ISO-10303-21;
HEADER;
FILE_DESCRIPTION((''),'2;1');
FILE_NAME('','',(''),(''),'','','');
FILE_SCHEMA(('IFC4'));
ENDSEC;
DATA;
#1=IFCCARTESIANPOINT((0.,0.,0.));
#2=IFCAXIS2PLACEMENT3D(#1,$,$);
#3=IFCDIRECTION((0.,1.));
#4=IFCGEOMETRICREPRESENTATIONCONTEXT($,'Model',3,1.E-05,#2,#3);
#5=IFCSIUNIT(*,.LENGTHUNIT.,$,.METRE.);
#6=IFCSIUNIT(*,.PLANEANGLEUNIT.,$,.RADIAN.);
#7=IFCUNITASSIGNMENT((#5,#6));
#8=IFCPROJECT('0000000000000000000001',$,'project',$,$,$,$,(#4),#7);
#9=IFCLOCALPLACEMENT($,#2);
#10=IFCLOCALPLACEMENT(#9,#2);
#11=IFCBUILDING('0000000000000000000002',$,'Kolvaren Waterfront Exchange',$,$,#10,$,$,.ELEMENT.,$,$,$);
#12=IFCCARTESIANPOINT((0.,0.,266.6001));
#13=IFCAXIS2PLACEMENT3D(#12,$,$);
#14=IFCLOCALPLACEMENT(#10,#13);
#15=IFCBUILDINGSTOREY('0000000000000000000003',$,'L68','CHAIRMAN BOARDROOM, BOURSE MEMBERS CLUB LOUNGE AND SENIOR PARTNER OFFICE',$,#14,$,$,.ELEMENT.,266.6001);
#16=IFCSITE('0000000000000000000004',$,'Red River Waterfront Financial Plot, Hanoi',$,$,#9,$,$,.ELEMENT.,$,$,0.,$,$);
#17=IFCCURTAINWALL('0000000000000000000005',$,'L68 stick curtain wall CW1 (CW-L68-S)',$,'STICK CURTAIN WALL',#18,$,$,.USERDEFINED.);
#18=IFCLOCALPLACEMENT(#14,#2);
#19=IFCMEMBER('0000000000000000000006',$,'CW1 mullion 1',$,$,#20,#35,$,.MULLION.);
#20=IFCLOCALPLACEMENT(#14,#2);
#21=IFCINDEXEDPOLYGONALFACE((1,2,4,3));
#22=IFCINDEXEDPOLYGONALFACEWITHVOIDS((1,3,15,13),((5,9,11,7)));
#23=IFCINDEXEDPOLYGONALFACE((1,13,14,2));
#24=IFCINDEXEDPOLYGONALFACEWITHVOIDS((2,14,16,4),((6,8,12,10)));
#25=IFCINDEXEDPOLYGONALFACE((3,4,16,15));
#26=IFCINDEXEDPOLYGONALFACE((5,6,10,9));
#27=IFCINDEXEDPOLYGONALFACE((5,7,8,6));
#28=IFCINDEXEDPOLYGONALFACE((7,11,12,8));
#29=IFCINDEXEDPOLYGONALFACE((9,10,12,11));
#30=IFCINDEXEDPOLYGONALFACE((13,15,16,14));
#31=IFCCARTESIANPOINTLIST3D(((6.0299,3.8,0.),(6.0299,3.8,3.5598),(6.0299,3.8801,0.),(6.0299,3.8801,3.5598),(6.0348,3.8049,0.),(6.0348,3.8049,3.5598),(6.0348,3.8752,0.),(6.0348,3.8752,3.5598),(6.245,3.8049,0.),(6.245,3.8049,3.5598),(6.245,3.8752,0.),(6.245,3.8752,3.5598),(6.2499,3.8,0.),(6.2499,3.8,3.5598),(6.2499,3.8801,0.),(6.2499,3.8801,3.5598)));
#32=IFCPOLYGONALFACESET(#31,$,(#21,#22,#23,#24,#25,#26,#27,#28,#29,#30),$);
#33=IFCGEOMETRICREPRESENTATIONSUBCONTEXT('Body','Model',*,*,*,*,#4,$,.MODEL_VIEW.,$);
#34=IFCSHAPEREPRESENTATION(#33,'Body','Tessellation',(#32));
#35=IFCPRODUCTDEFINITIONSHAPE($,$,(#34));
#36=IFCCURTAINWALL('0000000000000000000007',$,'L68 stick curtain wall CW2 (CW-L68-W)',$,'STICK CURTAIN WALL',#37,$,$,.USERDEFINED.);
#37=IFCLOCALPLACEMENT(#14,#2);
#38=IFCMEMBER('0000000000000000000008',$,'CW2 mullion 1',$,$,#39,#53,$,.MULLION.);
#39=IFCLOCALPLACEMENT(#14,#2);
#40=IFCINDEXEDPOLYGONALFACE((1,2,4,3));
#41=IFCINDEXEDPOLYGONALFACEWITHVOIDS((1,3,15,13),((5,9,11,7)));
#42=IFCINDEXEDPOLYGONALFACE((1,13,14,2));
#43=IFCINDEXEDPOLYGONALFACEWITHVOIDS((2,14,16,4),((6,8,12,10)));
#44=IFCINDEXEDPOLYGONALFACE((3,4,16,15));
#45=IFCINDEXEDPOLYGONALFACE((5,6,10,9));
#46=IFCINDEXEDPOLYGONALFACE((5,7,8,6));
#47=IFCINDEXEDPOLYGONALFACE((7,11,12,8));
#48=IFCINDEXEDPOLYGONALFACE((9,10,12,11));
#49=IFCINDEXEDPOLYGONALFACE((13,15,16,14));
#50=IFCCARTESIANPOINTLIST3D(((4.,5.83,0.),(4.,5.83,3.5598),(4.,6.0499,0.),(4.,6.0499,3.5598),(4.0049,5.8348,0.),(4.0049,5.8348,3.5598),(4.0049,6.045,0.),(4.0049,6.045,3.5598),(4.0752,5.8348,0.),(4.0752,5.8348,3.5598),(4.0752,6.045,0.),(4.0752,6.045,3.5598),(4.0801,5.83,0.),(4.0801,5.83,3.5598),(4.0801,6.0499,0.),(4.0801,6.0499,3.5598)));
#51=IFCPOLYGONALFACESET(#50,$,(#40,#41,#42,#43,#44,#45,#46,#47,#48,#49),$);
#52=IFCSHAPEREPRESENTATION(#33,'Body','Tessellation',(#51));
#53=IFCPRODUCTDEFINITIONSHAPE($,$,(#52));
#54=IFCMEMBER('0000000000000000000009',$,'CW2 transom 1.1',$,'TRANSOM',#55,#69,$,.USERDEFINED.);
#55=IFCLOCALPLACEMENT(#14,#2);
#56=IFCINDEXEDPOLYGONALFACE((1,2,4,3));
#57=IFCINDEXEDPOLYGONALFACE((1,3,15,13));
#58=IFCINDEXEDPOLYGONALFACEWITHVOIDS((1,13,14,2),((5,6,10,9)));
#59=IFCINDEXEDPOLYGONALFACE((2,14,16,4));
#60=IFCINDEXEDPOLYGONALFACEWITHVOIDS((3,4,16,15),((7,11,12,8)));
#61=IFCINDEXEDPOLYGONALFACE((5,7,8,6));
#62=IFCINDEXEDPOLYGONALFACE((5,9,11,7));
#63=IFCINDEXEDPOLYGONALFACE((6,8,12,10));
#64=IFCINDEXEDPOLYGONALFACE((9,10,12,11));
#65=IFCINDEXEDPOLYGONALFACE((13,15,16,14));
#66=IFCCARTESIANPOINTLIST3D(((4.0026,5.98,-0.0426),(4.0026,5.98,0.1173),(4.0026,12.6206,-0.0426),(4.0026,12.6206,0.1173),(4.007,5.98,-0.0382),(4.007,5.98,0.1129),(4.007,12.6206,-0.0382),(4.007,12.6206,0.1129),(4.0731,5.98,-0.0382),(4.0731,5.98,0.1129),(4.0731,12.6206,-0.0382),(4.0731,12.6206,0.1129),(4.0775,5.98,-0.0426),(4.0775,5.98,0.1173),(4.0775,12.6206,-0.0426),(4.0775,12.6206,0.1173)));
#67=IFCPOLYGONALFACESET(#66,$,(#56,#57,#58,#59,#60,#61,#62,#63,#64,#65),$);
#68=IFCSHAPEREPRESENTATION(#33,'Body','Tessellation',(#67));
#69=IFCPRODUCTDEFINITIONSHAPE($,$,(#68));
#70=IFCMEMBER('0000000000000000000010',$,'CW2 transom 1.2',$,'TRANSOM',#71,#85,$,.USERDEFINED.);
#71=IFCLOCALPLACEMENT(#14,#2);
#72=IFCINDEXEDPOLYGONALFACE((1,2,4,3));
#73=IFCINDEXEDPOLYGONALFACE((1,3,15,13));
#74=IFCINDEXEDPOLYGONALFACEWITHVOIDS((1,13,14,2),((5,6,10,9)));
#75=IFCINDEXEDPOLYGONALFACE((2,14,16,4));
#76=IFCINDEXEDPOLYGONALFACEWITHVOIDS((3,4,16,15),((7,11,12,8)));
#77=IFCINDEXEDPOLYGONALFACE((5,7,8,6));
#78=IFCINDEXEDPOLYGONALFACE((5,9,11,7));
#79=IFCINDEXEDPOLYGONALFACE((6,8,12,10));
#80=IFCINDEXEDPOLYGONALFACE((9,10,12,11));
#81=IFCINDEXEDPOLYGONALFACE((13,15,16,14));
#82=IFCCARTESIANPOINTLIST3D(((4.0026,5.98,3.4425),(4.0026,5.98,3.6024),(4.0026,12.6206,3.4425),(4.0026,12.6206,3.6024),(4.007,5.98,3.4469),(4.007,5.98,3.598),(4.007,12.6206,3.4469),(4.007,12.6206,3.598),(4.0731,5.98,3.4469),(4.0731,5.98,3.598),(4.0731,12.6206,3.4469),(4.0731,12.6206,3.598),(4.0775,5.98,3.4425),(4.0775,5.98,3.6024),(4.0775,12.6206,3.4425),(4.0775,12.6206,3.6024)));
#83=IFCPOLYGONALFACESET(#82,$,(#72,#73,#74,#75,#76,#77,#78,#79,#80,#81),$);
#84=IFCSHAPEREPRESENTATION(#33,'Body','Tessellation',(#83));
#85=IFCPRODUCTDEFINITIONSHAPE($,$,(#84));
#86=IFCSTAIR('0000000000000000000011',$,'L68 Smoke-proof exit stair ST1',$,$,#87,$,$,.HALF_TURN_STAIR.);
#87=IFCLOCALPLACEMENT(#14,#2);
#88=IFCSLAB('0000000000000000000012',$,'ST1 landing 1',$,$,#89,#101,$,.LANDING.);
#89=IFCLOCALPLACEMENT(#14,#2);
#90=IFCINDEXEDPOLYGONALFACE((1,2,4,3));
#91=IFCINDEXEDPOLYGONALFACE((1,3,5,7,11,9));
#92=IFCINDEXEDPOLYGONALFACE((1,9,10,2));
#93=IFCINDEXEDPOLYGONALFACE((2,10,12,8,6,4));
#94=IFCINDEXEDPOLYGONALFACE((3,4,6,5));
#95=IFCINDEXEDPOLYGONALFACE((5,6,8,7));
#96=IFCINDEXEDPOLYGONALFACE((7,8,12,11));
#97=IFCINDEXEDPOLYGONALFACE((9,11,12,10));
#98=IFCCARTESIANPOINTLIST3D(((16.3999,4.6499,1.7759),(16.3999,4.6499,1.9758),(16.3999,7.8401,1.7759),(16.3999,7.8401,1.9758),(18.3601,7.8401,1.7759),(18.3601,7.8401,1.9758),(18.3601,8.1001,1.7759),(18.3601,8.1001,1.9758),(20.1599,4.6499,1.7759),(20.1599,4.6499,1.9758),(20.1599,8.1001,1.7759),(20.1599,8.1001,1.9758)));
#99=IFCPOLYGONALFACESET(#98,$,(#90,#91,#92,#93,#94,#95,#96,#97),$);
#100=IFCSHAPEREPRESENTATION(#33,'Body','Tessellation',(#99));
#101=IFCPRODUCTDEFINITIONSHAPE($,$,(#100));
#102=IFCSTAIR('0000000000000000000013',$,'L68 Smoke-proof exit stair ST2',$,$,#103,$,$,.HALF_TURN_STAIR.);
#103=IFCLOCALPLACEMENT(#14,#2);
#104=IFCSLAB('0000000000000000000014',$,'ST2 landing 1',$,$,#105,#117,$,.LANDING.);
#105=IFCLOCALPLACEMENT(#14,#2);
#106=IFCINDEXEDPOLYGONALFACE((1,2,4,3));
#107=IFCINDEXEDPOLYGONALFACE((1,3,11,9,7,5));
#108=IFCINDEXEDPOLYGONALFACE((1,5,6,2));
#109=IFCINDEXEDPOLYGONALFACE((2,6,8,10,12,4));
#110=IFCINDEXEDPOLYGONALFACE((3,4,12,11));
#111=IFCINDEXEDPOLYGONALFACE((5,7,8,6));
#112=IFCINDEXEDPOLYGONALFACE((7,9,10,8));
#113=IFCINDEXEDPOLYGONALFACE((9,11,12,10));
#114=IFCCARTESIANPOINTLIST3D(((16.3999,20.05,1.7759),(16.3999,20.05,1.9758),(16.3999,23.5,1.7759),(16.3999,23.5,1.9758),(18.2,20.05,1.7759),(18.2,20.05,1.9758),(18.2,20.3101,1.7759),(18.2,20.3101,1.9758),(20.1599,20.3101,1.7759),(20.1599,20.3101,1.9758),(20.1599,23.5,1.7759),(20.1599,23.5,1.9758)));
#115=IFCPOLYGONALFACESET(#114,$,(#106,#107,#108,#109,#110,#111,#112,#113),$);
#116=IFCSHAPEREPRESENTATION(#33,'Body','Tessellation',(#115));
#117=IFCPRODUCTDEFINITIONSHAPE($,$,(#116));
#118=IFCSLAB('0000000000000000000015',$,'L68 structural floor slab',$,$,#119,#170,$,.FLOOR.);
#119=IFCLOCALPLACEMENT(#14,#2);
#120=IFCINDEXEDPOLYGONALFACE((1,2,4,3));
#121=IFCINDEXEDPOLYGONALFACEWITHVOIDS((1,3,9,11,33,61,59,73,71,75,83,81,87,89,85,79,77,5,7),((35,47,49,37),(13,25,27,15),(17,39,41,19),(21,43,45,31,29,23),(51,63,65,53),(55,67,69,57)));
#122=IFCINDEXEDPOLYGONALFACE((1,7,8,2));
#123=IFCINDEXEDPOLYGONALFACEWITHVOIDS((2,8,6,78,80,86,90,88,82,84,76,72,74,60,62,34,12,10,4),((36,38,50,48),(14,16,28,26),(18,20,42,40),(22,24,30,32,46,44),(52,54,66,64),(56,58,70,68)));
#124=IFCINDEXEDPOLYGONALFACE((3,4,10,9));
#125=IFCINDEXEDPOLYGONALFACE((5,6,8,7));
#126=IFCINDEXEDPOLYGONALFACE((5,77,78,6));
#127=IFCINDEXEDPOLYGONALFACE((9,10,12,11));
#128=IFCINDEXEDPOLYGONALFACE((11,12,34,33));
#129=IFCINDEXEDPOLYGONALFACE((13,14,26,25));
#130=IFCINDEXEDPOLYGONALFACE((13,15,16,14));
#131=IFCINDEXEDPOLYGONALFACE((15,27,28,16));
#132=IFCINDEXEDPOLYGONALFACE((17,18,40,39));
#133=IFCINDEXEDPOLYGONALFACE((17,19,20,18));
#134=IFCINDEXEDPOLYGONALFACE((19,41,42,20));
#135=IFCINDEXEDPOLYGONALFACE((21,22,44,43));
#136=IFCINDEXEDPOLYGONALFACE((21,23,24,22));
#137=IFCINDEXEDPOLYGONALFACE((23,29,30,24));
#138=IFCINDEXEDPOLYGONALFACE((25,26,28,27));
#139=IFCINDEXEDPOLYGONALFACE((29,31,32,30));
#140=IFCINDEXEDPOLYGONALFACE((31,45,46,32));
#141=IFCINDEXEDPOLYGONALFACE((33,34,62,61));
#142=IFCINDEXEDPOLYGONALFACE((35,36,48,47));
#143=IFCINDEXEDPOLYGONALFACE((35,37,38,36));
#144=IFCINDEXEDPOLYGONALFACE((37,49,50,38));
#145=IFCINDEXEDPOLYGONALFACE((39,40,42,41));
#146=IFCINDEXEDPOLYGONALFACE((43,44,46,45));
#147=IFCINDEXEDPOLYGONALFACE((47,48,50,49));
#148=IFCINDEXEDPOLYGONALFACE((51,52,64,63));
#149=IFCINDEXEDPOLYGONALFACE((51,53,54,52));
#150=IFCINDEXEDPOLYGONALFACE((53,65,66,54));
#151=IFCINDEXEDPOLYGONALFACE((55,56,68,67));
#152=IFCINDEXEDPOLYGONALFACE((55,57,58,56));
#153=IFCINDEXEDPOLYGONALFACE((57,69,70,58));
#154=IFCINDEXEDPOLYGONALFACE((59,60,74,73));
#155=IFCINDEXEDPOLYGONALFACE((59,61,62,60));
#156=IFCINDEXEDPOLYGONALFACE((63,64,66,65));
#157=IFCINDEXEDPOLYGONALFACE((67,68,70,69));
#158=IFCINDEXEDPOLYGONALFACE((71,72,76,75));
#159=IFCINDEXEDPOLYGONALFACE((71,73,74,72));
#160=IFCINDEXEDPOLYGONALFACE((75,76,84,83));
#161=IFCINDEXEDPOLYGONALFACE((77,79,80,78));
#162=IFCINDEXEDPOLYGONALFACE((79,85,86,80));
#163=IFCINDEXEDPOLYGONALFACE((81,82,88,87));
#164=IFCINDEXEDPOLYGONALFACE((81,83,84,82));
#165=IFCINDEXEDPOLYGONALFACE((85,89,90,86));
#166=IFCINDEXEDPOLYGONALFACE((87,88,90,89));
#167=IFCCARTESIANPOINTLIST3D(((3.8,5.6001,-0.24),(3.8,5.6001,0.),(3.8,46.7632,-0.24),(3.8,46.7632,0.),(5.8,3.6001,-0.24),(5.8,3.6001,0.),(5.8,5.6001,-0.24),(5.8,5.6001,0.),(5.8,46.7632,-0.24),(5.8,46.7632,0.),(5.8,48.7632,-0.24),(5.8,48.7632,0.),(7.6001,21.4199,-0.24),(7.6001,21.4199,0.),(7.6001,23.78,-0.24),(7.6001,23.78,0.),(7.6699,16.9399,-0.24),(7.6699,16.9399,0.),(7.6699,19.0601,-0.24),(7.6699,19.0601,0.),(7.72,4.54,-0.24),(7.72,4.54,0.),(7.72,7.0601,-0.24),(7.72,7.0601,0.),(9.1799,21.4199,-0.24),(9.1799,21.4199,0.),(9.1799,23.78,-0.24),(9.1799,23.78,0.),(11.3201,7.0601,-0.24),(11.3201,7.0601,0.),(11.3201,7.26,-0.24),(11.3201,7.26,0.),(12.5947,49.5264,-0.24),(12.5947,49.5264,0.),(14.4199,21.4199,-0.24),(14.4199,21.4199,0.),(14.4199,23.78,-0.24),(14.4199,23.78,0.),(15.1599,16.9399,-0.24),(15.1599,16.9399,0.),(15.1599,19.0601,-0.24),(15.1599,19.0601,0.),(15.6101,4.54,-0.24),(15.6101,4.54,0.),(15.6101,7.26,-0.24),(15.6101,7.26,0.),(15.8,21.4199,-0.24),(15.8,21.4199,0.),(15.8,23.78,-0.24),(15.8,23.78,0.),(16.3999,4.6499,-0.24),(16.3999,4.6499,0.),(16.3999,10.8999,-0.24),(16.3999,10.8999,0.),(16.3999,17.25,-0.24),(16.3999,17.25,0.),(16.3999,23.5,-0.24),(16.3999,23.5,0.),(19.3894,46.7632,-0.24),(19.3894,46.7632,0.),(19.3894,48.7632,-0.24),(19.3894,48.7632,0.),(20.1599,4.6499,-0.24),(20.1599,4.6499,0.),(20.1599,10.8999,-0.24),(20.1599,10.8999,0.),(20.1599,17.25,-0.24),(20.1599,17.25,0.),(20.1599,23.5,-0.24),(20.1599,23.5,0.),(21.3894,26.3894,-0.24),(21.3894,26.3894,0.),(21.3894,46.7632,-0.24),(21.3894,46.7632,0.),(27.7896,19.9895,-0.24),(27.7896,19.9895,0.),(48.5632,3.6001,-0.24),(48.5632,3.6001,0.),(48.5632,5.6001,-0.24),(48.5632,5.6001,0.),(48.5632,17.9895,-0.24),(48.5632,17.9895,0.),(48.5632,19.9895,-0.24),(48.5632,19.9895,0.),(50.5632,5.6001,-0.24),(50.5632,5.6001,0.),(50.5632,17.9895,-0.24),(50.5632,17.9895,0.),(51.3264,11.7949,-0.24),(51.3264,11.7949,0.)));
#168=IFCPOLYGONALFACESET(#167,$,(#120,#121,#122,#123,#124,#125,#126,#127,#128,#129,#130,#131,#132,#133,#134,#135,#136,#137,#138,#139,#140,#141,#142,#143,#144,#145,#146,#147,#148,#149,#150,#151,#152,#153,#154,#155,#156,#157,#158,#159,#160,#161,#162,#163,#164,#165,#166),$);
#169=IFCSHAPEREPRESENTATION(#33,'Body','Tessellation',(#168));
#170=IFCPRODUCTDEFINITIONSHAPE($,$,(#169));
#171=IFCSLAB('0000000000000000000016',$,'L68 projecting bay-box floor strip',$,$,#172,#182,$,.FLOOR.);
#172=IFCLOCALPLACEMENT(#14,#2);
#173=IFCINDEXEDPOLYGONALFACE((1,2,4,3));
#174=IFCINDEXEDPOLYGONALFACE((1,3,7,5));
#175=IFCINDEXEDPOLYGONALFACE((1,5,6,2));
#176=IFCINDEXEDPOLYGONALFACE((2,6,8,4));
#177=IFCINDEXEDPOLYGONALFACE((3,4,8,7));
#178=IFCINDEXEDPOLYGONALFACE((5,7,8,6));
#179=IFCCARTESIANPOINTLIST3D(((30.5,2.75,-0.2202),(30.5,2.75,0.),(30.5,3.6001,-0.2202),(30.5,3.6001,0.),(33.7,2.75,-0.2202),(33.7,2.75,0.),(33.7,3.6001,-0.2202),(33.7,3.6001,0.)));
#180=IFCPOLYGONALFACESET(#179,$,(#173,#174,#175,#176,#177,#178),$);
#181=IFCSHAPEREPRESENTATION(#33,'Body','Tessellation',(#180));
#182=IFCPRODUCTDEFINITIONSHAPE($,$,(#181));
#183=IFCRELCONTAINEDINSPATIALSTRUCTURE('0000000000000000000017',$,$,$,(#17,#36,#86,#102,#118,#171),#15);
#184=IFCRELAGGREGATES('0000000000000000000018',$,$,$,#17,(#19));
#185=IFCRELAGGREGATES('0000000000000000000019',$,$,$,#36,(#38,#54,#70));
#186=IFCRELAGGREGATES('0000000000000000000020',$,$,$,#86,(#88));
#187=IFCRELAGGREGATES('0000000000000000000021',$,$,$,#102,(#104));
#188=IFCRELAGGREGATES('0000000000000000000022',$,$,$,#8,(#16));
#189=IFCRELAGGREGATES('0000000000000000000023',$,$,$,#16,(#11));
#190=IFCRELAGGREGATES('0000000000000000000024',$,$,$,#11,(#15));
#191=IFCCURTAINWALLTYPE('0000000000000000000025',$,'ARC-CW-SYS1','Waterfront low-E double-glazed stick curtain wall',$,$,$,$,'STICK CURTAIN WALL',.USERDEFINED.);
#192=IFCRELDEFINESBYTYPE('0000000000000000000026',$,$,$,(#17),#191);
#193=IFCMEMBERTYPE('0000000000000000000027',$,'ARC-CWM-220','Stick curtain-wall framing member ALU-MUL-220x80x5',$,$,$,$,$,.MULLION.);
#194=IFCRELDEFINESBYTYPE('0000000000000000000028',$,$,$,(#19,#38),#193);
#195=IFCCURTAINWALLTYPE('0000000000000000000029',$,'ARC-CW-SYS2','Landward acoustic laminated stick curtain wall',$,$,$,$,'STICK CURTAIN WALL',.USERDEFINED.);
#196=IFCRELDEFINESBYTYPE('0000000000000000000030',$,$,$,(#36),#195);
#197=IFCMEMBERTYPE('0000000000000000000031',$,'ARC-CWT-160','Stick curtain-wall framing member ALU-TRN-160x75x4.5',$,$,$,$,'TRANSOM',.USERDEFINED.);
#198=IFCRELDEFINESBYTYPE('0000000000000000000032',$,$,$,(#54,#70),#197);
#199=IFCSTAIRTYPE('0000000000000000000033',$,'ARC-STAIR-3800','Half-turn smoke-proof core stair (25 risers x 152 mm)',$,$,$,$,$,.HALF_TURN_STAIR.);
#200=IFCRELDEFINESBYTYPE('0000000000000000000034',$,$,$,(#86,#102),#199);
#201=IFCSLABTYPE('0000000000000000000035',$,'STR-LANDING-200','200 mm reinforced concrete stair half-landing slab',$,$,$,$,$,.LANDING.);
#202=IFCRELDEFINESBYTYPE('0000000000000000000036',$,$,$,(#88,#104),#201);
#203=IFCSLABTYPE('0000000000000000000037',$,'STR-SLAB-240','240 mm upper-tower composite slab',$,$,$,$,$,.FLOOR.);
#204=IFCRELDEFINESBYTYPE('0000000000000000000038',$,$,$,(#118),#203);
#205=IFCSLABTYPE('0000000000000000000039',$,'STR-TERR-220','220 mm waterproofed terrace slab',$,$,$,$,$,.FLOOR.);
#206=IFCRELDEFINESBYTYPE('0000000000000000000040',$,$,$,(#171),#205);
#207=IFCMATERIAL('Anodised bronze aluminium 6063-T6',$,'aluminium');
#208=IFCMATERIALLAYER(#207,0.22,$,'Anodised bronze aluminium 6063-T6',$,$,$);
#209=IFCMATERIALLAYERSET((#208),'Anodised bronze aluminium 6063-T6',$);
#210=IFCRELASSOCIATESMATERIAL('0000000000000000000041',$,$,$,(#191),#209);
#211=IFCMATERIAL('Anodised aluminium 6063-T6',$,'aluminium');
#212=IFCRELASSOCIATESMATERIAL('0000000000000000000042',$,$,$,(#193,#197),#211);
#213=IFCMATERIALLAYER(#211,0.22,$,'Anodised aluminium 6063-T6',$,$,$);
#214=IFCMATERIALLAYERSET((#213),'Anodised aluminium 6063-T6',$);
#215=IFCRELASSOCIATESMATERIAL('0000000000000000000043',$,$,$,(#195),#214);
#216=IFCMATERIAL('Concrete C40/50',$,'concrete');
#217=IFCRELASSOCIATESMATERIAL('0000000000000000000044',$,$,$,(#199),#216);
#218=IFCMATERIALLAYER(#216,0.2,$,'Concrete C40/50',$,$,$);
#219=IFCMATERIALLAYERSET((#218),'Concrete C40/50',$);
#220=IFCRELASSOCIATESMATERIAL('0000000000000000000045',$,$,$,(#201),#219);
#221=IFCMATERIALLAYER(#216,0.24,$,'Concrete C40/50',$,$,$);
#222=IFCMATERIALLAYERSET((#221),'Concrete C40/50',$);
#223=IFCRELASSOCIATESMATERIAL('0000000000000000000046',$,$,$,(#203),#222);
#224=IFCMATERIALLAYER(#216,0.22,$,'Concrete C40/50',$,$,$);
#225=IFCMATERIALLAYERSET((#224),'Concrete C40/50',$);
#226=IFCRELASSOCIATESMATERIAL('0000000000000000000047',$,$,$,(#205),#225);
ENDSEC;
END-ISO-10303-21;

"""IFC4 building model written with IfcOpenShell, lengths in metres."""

from ifc_helpers import new_model, si_unit, direction, frame, origin, origin_with_axes, origin_2d, place, context, subcontext, project, spatial, polyline, hollow_rectangle, outline, extrude, source, transform, mapped, material, layer, layer_set, material_profile, profile_set, type_object, element, aggregate, save


model = new_model("IFC4")

# Units and contexts
model_context = context("Model", 3, precision=1e-05, world=origin(), true_north=direction((0.0, 1.0)))
body_context = subcontext(model_context, "Body", "Model", "MODEL_VIEW")
ifc_project = project(units=[si_unit("LENGTHUNIT", "METRE"), si_unit("PLANEANGLEUNIT", "RADIAN")], contexts=[model_context])

# Site, building, storey
site_placement = place(None, origin())
site = spatial("IfcSite", under=ifc_project, at=site_placement, Name="Red River Waterfront Financial Plot, Hanoi", CompositionType="ELEMENT", RefElevation=0.0)
building_placement = place(site_placement, origin())
building = spatial("IfcBuilding", under=site, at=building_placement, Name="Kolvaren Waterfront Exchange", CompositionType="ELEMENT")
storey_placement = place(building_placement, frame((0.0, 0.0, 266.6001)))
storey = spatial("IfcBuildingStorey", under=building, at=storey_placement, Name="L68", Description="CHAIRMAN BOARDROOM, BOURSE MEMBERS CLUB LOUNGE AND SENIOR PARTNER OFFICE", CompositionType="ELEMENT", Elevation=266.6001)

# Curtain wall, member
ifc_material_1 = material(Name="Anodised bronze aluminium 6063-T6", Category="aluminium")
ifc_layer_1 = layer(ifc_material_1, 0.22, Name="Anodised bronze aluminium 6063-T6")
ifc_layer_set_1 = layer_set([ifc_layer_1], Name="Anodised bronze aluminium 6063-T6")
curtain_wall_type_1 = type_object("IfcCurtainWallType", Name="ARC-CW-SYS1", Description="Waterfront low-E double-glazed stick curtain wall", ElementType="STICK CURTAIN WALL", PredefinedType="USERDEFINED", material=ifc_layer_set_1)
curtain_wall_1_placement = place(storey_placement, origin())
curtain_wall_1 = element("IfcCurtainWall", 1, at=curtain_wall_1_placement, inside=storey, type_object=curtain_wall_type_1, Name="L68 stick curtain wall CW1 (CW-L68-S)", ObjectType="STICK CURTAIN WALL", PredefinedType="USERDEFINED")
ifc_material_2 = material(Name="Anodised aluminium 6063-T6", Category="aluminium")
ifc_material_profile_1 = material_profile(ifc_material_2, hollow_rectangle(XDim=0.0801, YDim=0.22, WallThickness=0.0049, at=origin_2d()), Name="ALU-MUL-220x80x5")
ifc_profile_set_1 = profile_set([ifc_material_profile_1], Name="Anodised aluminium 6063-T6")
member_type_1 = type_object("IfcMemberType", Name="ARC-CWM-220", Description="Stick curtain-wall framing member ALU-MUL-220x80x5", PredefinedType="MULLION", material=ifc_profile_set_1)
shared_shape_1 = source(origin_with_axes(), body_context, "Body", "SweptSolid", [
    extrude(hollow_rectangle(XDim=0.0801, YDim=0.22, WallThickness=0.0049, at=origin_2d()), origin(), (0.0, 0.0, 1.0), 3.5598),
])
member_1_placement = place(storey_placement, frame((6.1399, 3.8401, 0.0), z_axis=(0.0, 0.0, 1.0), x_axis=(0.0, 1.0, 0.0)))
member_1 = element("IfcMember", 2, at=member_1_placement, type_object=member_type_1, Name="CW1 mullion 1", PredefinedType="MULLION", context=body_context, shape_type="MappedRepresentation", body=[
    mapped(shared_shape_1, transform((0.0, 0.0, 0.0), x_axis=(1.0, 0.0, 0.0), y_axis=(0.0, 1.0, 0.0), z_axis=(0.0, 0.0, 1.0), scale=1.0)),
])
aggregate(curtain_wall_1, [member_1])

# Curtain wall, members
ifc_layer_2 = layer(ifc_material_2, 0.22, Name="Anodised aluminium 6063-T6")
ifc_layer_set_2 = layer_set([ifc_layer_2], Name="Anodised aluminium 6063-T6")
curtain_wall_type_2 = type_object("IfcCurtainWallType", Name="ARC-CW-SYS2", Description="Landward acoustic laminated stick curtain wall", ElementType="STICK CURTAIN WALL", PredefinedType="USERDEFINED", material=ifc_layer_set_2)
curtain_wall_2_placement = place(storey_placement, origin())
curtain_wall_2 = element("IfcCurtainWall", 3, at=curtain_wall_2_placement, inside=storey, type_object=curtain_wall_type_2, Name="L68 stick curtain wall CW2 (CW-L68-W)", ObjectType="STICK CURTAIN WALL", PredefinedType="USERDEFINED")
member_2_placement = place(storey_placement, frame((4.04, 5.9399, 0.0), z_axis=(0.0, 0.0, 1.0), x_axis=(-1.0, 0.0, 0.0)))
member_2 = element("IfcMember", 4, at=member_2_placement, type_object=member_type_1, Name="CW2 mullion 1", PredefinedType="MULLION", context=body_context, shape_type="MappedRepresentation", body=[
    mapped(shared_shape_1, transform((0.0, 0.0, 0.0), x_axis=(1.0, 0.0, 0.0), y_axis=(0.0, 1.0, 0.0), z_axis=(0.0, 0.0, 1.0), scale=1.0)),
])
ifc_material_profile_2 = material_profile(ifc_material_2, hollow_rectangle(XDim=0.075, YDim=0.1599, WallThickness=0.0044, at=origin_2d()), Name="ALU-TRN-160x75x4.5")
ifc_profile_set_2 = profile_set([ifc_material_profile_2], Name="Anodised aluminium 6063-T6")
member_type_2 = type_object("IfcMemberType", Name="ARC-CWT-160", Description="Stick curtain-wall framing member ALU-TRN-160x75x4.5", ElementType="TRANSOM", PredefinedType="USERDEFINED", material=ifc_profile_set_2)
shared_shape_2 = source(origin_with_axes(), body_context, "Body", "SweptSolid", [
    extrude(hollow_rectangle(XDim=0.075, YDim=0.1599, WallThickness=0.0044, at=origin_2d()), origin(), (0.0, 0.0, 1.0), 6.6406),
])
member_3_placement = place(storey_placement, frame((4.04, 5.98, 0.0374), z_axis=(0.0, 1.0, 0.0), x_axis=(-1.0, 0.0, 0.0)))
member_3 = element("IfcMember", 5, at=member_3_placement, type_object=member_type_2, Name="CW2 transom 1.1", ObjectType="TRANSOM", PredefinedType="USERDEFINED", context=body_context, shape_type="MappedRepresentation", body=[
    mapped(shared_shape_2, transform((0.0, 0.0, 0.0), x_axis=(1.0, 0.0, 0.0), y_axis=(0.0, 1.0, 0.0), z_axis=(0.0, 0.0, 1.0), scale=1.0)),
])
member_4_placement = place(storey_placement, frame((4.04, 5.98, 3.5225), z_axis=(0.0, 1.0, 0.0), x_axis=(-1.0, 0.0, 0.0)))
member_4 = element("IfcMember", 6, at=member_4_placement, type_object=member_type_2, Name="CW2 transom 1.2", ObjectType="TRANSOM", PredefinedType="USERDEFINED", context=body_context, shape_type="MappedRepresentation", body=[
    mapped(shared_shape_2, transform((0.0, 0.0, 0.0), x_axis=(1.0, 0.0, 0.0), y_axis=(0.0, 1.0, 0.0), z_axis=(0.0, 0.0, 1.0), scale=1.0)),
])
aggregate(curtain_wall_2, [member_2, member_3, member_4])

# Stairs, slabs
ifc_material_3 = material(Name="Concrete C40/50", Category="concrete")
stair_type = type_object("IfcStairType", Name="ARC-STAIR-3800", Description="Half-turn smoke-proof core stair (25 risers x 152 mm)", PredefinedType="HALF_TURN_STAIR", material=ifc_material_3)
stair_1_placement = place(storey_placement, origin())
stair_1 = element("IfcStair", 7, at=stair_1_placement, inside=storey, type_object=stair_type, Name="L68 Smoke-proof exit stair ST1", PredefinedType="HALF_TURN_STAIR")
ifc_layer_3 = layer(ifc_material_3, 0.2, Name="Concrete C40/50")
ifc_layer_set_3 = layer_set([ifc_layer_3], Name="Concrete C40/50")
slab_type_1 = type_object("IfcSlabType", Name="STR-LANDING-200", Description="200 mm reinforced concrete stair half-landing slab", PredefinedType="LANDING", material=ifc_layer_set_3)
slab_1_placement = place(storey_placement, frame((0.0, 0.0, 1.7759)))
slab_1 = element("IfcSlab", 8, at=slab_1_placement, type_object=slab_type_1, Name="ST1 landing 1", PredefinedType="LANDING", context=body_context, shape_type="SweptSolid", body=[
    extrude(outline(polyline([(16.3999, 7.8401), (16.3999, 4.6499), (20.1599, 4.6499), (20.1599, 8.1001), (18.3601, 8.1001), (18.3601, 7.8401), (16.3999, 7.8401)])), origin(), (0.0, 0.0, 1.0), 0.2),
])
aggregate(stair_1, [slab_1])
stair_2_placement = place(storey_placement, origin())
stair_2 = element("IfcStair", 9, at=stair_2_placement, inside=storey, type_object=stair_type, Name="L68 Smoke-proof exit stair ST2", PredefinedType="HALF_TURN_STAIR")
slab_2_placement = place(storey_placement, frame((0.0, 0.0, 1.7759)))
slab_2 = element("IfcSlab", 10, at=slab_2_placement, type_object=slab_type_1, Name="ST2 landing 1", PredefinedType="LANDING", context=body_context, shape_type="SweptSolid", body=[
    extrude(outline(polyline([(20.1599, 20.3101), (20.1599, 23.5), (16.3999, 23.5), (16.3999, 20.05), (18.2, 20.05), (18.2, 20.3101), (20.1599, 20.3101)])), origin(), (0.0, 0.0, 1.0), 0.2),
])
aggregate(stair_2, [slab_2])

# Slabs
ifc_layer_4 = layer(ifc_material_3, 0.24, Name="Concrete C40/50")
ifc_layer_set_4 = layer_set([ifc_layer_4], Name="Concrete C40/50")
slab_type_2 = type_object("IfcSlabType", Name="STR-SLAB-240", Description="240 mm upper-tower composite slab", PredefinedType="FLOOR", material=ifc_layer_set_4)
slab_3_placement = place(storey_placement, frame((0.0, 0.0, -0.24)))
element("IfcSlab", 11, at=slab_3_placement, inside=storey, type_object=slab_type_2, Name="L68 structural floor slab", PredefinedType="FLOOR", context=body_context, shape_type="SweptSolid", body=[
    extrude(outline(polyline([(5.8, 3.6001), (48.5632, 3.6001), (48.5632, 5.6001), (50.5632, 5.6001), (51.3264, 11.7949), (50.5632, 17.9895), (48.5632, 17.9895), (48.5632, 19.9895), (27.7896, 19.9895), (21.3894, 26.3894), (21.3894, 46.7632), (19.3894, 46.7632), (19.3894, 48.7632), (12.5947, 49.5264), (5.8, 48.7632), (5.8, 46.7632), (3.8, 46.7632), (3.8, 5.6001), (5.8, 5.6001), (5.8, 3.6001)]), holes=[polyline([(11.3201, 7.26), (15.6101, 7.26), (15.6101, 4.54), (7.72, 4.54), (7.72, 7.0601), (11.3201, 7.0601), (11.3201, 7.26)]), polyline([(20.1599, 10.8999), (20.1599, 4.6499), (16.3999, 4.6499), (16.3999, 10.8999), (20.1599, 10.8999)]), polyline([(7.6699, 19.0601), (15.1599, 19.0601), (15.1599, 16.9399), (7.6699, 16.9399), (7.6699, 19.0601)]), polyline([(16.3999, 17.25), (16.3999, 23.5), (20.1599, 23.5), (20.1599, 17.25), (16.3999, 17.25)]), polyline([(7.6001, 23.78), (9.1799, 23.78), (9.1799, 21.4199), (7.6001, 21.4199), (7.6001, 23.78)]), polyline([(14.4199, 23.78), (15.8, 23.78), (15.8, 21.4199), (14.4199, 21.4199), (14.4199, 23.78)])]), origin(), (0.0, 0.0, 1.0), 0.24),
])
ifc_layer_5 = layer(ifc_material_3, 0.22, Name="Concrete C40/50")
ifc_layer_set_5 = layer_set([ifc_layer_5], Name="Concrete C40/50")
slab_type_3 = type_object("IfcSlabType", Name="STR-TERR-220", Description="220 mm waterproofed terrace slab", PredefinedType="FLOOR", material=ifc_layer_set_5)
slab_4_placement = place(storey_placement, frame((0.0, 0.0, -0.2202)))
element("IfcSlab", 12, at=slab_4_placement, inside=storey, type_object=slab_type_3, Name="L68 projecting bay-box floor strip", PredefinedType="FLOOR", context=body_context, shape_type="SweptSolid", body=[
    extrude(outline(polyline([(30.5, 2.75), (33.7, 2.75), (33.7, 3.6001), (30.5, 3.6001), (30.5, 2.75)])), origin(), (0.0, 0.0, 1.0), 0.2202),
])

save(model, "model.ifc")
